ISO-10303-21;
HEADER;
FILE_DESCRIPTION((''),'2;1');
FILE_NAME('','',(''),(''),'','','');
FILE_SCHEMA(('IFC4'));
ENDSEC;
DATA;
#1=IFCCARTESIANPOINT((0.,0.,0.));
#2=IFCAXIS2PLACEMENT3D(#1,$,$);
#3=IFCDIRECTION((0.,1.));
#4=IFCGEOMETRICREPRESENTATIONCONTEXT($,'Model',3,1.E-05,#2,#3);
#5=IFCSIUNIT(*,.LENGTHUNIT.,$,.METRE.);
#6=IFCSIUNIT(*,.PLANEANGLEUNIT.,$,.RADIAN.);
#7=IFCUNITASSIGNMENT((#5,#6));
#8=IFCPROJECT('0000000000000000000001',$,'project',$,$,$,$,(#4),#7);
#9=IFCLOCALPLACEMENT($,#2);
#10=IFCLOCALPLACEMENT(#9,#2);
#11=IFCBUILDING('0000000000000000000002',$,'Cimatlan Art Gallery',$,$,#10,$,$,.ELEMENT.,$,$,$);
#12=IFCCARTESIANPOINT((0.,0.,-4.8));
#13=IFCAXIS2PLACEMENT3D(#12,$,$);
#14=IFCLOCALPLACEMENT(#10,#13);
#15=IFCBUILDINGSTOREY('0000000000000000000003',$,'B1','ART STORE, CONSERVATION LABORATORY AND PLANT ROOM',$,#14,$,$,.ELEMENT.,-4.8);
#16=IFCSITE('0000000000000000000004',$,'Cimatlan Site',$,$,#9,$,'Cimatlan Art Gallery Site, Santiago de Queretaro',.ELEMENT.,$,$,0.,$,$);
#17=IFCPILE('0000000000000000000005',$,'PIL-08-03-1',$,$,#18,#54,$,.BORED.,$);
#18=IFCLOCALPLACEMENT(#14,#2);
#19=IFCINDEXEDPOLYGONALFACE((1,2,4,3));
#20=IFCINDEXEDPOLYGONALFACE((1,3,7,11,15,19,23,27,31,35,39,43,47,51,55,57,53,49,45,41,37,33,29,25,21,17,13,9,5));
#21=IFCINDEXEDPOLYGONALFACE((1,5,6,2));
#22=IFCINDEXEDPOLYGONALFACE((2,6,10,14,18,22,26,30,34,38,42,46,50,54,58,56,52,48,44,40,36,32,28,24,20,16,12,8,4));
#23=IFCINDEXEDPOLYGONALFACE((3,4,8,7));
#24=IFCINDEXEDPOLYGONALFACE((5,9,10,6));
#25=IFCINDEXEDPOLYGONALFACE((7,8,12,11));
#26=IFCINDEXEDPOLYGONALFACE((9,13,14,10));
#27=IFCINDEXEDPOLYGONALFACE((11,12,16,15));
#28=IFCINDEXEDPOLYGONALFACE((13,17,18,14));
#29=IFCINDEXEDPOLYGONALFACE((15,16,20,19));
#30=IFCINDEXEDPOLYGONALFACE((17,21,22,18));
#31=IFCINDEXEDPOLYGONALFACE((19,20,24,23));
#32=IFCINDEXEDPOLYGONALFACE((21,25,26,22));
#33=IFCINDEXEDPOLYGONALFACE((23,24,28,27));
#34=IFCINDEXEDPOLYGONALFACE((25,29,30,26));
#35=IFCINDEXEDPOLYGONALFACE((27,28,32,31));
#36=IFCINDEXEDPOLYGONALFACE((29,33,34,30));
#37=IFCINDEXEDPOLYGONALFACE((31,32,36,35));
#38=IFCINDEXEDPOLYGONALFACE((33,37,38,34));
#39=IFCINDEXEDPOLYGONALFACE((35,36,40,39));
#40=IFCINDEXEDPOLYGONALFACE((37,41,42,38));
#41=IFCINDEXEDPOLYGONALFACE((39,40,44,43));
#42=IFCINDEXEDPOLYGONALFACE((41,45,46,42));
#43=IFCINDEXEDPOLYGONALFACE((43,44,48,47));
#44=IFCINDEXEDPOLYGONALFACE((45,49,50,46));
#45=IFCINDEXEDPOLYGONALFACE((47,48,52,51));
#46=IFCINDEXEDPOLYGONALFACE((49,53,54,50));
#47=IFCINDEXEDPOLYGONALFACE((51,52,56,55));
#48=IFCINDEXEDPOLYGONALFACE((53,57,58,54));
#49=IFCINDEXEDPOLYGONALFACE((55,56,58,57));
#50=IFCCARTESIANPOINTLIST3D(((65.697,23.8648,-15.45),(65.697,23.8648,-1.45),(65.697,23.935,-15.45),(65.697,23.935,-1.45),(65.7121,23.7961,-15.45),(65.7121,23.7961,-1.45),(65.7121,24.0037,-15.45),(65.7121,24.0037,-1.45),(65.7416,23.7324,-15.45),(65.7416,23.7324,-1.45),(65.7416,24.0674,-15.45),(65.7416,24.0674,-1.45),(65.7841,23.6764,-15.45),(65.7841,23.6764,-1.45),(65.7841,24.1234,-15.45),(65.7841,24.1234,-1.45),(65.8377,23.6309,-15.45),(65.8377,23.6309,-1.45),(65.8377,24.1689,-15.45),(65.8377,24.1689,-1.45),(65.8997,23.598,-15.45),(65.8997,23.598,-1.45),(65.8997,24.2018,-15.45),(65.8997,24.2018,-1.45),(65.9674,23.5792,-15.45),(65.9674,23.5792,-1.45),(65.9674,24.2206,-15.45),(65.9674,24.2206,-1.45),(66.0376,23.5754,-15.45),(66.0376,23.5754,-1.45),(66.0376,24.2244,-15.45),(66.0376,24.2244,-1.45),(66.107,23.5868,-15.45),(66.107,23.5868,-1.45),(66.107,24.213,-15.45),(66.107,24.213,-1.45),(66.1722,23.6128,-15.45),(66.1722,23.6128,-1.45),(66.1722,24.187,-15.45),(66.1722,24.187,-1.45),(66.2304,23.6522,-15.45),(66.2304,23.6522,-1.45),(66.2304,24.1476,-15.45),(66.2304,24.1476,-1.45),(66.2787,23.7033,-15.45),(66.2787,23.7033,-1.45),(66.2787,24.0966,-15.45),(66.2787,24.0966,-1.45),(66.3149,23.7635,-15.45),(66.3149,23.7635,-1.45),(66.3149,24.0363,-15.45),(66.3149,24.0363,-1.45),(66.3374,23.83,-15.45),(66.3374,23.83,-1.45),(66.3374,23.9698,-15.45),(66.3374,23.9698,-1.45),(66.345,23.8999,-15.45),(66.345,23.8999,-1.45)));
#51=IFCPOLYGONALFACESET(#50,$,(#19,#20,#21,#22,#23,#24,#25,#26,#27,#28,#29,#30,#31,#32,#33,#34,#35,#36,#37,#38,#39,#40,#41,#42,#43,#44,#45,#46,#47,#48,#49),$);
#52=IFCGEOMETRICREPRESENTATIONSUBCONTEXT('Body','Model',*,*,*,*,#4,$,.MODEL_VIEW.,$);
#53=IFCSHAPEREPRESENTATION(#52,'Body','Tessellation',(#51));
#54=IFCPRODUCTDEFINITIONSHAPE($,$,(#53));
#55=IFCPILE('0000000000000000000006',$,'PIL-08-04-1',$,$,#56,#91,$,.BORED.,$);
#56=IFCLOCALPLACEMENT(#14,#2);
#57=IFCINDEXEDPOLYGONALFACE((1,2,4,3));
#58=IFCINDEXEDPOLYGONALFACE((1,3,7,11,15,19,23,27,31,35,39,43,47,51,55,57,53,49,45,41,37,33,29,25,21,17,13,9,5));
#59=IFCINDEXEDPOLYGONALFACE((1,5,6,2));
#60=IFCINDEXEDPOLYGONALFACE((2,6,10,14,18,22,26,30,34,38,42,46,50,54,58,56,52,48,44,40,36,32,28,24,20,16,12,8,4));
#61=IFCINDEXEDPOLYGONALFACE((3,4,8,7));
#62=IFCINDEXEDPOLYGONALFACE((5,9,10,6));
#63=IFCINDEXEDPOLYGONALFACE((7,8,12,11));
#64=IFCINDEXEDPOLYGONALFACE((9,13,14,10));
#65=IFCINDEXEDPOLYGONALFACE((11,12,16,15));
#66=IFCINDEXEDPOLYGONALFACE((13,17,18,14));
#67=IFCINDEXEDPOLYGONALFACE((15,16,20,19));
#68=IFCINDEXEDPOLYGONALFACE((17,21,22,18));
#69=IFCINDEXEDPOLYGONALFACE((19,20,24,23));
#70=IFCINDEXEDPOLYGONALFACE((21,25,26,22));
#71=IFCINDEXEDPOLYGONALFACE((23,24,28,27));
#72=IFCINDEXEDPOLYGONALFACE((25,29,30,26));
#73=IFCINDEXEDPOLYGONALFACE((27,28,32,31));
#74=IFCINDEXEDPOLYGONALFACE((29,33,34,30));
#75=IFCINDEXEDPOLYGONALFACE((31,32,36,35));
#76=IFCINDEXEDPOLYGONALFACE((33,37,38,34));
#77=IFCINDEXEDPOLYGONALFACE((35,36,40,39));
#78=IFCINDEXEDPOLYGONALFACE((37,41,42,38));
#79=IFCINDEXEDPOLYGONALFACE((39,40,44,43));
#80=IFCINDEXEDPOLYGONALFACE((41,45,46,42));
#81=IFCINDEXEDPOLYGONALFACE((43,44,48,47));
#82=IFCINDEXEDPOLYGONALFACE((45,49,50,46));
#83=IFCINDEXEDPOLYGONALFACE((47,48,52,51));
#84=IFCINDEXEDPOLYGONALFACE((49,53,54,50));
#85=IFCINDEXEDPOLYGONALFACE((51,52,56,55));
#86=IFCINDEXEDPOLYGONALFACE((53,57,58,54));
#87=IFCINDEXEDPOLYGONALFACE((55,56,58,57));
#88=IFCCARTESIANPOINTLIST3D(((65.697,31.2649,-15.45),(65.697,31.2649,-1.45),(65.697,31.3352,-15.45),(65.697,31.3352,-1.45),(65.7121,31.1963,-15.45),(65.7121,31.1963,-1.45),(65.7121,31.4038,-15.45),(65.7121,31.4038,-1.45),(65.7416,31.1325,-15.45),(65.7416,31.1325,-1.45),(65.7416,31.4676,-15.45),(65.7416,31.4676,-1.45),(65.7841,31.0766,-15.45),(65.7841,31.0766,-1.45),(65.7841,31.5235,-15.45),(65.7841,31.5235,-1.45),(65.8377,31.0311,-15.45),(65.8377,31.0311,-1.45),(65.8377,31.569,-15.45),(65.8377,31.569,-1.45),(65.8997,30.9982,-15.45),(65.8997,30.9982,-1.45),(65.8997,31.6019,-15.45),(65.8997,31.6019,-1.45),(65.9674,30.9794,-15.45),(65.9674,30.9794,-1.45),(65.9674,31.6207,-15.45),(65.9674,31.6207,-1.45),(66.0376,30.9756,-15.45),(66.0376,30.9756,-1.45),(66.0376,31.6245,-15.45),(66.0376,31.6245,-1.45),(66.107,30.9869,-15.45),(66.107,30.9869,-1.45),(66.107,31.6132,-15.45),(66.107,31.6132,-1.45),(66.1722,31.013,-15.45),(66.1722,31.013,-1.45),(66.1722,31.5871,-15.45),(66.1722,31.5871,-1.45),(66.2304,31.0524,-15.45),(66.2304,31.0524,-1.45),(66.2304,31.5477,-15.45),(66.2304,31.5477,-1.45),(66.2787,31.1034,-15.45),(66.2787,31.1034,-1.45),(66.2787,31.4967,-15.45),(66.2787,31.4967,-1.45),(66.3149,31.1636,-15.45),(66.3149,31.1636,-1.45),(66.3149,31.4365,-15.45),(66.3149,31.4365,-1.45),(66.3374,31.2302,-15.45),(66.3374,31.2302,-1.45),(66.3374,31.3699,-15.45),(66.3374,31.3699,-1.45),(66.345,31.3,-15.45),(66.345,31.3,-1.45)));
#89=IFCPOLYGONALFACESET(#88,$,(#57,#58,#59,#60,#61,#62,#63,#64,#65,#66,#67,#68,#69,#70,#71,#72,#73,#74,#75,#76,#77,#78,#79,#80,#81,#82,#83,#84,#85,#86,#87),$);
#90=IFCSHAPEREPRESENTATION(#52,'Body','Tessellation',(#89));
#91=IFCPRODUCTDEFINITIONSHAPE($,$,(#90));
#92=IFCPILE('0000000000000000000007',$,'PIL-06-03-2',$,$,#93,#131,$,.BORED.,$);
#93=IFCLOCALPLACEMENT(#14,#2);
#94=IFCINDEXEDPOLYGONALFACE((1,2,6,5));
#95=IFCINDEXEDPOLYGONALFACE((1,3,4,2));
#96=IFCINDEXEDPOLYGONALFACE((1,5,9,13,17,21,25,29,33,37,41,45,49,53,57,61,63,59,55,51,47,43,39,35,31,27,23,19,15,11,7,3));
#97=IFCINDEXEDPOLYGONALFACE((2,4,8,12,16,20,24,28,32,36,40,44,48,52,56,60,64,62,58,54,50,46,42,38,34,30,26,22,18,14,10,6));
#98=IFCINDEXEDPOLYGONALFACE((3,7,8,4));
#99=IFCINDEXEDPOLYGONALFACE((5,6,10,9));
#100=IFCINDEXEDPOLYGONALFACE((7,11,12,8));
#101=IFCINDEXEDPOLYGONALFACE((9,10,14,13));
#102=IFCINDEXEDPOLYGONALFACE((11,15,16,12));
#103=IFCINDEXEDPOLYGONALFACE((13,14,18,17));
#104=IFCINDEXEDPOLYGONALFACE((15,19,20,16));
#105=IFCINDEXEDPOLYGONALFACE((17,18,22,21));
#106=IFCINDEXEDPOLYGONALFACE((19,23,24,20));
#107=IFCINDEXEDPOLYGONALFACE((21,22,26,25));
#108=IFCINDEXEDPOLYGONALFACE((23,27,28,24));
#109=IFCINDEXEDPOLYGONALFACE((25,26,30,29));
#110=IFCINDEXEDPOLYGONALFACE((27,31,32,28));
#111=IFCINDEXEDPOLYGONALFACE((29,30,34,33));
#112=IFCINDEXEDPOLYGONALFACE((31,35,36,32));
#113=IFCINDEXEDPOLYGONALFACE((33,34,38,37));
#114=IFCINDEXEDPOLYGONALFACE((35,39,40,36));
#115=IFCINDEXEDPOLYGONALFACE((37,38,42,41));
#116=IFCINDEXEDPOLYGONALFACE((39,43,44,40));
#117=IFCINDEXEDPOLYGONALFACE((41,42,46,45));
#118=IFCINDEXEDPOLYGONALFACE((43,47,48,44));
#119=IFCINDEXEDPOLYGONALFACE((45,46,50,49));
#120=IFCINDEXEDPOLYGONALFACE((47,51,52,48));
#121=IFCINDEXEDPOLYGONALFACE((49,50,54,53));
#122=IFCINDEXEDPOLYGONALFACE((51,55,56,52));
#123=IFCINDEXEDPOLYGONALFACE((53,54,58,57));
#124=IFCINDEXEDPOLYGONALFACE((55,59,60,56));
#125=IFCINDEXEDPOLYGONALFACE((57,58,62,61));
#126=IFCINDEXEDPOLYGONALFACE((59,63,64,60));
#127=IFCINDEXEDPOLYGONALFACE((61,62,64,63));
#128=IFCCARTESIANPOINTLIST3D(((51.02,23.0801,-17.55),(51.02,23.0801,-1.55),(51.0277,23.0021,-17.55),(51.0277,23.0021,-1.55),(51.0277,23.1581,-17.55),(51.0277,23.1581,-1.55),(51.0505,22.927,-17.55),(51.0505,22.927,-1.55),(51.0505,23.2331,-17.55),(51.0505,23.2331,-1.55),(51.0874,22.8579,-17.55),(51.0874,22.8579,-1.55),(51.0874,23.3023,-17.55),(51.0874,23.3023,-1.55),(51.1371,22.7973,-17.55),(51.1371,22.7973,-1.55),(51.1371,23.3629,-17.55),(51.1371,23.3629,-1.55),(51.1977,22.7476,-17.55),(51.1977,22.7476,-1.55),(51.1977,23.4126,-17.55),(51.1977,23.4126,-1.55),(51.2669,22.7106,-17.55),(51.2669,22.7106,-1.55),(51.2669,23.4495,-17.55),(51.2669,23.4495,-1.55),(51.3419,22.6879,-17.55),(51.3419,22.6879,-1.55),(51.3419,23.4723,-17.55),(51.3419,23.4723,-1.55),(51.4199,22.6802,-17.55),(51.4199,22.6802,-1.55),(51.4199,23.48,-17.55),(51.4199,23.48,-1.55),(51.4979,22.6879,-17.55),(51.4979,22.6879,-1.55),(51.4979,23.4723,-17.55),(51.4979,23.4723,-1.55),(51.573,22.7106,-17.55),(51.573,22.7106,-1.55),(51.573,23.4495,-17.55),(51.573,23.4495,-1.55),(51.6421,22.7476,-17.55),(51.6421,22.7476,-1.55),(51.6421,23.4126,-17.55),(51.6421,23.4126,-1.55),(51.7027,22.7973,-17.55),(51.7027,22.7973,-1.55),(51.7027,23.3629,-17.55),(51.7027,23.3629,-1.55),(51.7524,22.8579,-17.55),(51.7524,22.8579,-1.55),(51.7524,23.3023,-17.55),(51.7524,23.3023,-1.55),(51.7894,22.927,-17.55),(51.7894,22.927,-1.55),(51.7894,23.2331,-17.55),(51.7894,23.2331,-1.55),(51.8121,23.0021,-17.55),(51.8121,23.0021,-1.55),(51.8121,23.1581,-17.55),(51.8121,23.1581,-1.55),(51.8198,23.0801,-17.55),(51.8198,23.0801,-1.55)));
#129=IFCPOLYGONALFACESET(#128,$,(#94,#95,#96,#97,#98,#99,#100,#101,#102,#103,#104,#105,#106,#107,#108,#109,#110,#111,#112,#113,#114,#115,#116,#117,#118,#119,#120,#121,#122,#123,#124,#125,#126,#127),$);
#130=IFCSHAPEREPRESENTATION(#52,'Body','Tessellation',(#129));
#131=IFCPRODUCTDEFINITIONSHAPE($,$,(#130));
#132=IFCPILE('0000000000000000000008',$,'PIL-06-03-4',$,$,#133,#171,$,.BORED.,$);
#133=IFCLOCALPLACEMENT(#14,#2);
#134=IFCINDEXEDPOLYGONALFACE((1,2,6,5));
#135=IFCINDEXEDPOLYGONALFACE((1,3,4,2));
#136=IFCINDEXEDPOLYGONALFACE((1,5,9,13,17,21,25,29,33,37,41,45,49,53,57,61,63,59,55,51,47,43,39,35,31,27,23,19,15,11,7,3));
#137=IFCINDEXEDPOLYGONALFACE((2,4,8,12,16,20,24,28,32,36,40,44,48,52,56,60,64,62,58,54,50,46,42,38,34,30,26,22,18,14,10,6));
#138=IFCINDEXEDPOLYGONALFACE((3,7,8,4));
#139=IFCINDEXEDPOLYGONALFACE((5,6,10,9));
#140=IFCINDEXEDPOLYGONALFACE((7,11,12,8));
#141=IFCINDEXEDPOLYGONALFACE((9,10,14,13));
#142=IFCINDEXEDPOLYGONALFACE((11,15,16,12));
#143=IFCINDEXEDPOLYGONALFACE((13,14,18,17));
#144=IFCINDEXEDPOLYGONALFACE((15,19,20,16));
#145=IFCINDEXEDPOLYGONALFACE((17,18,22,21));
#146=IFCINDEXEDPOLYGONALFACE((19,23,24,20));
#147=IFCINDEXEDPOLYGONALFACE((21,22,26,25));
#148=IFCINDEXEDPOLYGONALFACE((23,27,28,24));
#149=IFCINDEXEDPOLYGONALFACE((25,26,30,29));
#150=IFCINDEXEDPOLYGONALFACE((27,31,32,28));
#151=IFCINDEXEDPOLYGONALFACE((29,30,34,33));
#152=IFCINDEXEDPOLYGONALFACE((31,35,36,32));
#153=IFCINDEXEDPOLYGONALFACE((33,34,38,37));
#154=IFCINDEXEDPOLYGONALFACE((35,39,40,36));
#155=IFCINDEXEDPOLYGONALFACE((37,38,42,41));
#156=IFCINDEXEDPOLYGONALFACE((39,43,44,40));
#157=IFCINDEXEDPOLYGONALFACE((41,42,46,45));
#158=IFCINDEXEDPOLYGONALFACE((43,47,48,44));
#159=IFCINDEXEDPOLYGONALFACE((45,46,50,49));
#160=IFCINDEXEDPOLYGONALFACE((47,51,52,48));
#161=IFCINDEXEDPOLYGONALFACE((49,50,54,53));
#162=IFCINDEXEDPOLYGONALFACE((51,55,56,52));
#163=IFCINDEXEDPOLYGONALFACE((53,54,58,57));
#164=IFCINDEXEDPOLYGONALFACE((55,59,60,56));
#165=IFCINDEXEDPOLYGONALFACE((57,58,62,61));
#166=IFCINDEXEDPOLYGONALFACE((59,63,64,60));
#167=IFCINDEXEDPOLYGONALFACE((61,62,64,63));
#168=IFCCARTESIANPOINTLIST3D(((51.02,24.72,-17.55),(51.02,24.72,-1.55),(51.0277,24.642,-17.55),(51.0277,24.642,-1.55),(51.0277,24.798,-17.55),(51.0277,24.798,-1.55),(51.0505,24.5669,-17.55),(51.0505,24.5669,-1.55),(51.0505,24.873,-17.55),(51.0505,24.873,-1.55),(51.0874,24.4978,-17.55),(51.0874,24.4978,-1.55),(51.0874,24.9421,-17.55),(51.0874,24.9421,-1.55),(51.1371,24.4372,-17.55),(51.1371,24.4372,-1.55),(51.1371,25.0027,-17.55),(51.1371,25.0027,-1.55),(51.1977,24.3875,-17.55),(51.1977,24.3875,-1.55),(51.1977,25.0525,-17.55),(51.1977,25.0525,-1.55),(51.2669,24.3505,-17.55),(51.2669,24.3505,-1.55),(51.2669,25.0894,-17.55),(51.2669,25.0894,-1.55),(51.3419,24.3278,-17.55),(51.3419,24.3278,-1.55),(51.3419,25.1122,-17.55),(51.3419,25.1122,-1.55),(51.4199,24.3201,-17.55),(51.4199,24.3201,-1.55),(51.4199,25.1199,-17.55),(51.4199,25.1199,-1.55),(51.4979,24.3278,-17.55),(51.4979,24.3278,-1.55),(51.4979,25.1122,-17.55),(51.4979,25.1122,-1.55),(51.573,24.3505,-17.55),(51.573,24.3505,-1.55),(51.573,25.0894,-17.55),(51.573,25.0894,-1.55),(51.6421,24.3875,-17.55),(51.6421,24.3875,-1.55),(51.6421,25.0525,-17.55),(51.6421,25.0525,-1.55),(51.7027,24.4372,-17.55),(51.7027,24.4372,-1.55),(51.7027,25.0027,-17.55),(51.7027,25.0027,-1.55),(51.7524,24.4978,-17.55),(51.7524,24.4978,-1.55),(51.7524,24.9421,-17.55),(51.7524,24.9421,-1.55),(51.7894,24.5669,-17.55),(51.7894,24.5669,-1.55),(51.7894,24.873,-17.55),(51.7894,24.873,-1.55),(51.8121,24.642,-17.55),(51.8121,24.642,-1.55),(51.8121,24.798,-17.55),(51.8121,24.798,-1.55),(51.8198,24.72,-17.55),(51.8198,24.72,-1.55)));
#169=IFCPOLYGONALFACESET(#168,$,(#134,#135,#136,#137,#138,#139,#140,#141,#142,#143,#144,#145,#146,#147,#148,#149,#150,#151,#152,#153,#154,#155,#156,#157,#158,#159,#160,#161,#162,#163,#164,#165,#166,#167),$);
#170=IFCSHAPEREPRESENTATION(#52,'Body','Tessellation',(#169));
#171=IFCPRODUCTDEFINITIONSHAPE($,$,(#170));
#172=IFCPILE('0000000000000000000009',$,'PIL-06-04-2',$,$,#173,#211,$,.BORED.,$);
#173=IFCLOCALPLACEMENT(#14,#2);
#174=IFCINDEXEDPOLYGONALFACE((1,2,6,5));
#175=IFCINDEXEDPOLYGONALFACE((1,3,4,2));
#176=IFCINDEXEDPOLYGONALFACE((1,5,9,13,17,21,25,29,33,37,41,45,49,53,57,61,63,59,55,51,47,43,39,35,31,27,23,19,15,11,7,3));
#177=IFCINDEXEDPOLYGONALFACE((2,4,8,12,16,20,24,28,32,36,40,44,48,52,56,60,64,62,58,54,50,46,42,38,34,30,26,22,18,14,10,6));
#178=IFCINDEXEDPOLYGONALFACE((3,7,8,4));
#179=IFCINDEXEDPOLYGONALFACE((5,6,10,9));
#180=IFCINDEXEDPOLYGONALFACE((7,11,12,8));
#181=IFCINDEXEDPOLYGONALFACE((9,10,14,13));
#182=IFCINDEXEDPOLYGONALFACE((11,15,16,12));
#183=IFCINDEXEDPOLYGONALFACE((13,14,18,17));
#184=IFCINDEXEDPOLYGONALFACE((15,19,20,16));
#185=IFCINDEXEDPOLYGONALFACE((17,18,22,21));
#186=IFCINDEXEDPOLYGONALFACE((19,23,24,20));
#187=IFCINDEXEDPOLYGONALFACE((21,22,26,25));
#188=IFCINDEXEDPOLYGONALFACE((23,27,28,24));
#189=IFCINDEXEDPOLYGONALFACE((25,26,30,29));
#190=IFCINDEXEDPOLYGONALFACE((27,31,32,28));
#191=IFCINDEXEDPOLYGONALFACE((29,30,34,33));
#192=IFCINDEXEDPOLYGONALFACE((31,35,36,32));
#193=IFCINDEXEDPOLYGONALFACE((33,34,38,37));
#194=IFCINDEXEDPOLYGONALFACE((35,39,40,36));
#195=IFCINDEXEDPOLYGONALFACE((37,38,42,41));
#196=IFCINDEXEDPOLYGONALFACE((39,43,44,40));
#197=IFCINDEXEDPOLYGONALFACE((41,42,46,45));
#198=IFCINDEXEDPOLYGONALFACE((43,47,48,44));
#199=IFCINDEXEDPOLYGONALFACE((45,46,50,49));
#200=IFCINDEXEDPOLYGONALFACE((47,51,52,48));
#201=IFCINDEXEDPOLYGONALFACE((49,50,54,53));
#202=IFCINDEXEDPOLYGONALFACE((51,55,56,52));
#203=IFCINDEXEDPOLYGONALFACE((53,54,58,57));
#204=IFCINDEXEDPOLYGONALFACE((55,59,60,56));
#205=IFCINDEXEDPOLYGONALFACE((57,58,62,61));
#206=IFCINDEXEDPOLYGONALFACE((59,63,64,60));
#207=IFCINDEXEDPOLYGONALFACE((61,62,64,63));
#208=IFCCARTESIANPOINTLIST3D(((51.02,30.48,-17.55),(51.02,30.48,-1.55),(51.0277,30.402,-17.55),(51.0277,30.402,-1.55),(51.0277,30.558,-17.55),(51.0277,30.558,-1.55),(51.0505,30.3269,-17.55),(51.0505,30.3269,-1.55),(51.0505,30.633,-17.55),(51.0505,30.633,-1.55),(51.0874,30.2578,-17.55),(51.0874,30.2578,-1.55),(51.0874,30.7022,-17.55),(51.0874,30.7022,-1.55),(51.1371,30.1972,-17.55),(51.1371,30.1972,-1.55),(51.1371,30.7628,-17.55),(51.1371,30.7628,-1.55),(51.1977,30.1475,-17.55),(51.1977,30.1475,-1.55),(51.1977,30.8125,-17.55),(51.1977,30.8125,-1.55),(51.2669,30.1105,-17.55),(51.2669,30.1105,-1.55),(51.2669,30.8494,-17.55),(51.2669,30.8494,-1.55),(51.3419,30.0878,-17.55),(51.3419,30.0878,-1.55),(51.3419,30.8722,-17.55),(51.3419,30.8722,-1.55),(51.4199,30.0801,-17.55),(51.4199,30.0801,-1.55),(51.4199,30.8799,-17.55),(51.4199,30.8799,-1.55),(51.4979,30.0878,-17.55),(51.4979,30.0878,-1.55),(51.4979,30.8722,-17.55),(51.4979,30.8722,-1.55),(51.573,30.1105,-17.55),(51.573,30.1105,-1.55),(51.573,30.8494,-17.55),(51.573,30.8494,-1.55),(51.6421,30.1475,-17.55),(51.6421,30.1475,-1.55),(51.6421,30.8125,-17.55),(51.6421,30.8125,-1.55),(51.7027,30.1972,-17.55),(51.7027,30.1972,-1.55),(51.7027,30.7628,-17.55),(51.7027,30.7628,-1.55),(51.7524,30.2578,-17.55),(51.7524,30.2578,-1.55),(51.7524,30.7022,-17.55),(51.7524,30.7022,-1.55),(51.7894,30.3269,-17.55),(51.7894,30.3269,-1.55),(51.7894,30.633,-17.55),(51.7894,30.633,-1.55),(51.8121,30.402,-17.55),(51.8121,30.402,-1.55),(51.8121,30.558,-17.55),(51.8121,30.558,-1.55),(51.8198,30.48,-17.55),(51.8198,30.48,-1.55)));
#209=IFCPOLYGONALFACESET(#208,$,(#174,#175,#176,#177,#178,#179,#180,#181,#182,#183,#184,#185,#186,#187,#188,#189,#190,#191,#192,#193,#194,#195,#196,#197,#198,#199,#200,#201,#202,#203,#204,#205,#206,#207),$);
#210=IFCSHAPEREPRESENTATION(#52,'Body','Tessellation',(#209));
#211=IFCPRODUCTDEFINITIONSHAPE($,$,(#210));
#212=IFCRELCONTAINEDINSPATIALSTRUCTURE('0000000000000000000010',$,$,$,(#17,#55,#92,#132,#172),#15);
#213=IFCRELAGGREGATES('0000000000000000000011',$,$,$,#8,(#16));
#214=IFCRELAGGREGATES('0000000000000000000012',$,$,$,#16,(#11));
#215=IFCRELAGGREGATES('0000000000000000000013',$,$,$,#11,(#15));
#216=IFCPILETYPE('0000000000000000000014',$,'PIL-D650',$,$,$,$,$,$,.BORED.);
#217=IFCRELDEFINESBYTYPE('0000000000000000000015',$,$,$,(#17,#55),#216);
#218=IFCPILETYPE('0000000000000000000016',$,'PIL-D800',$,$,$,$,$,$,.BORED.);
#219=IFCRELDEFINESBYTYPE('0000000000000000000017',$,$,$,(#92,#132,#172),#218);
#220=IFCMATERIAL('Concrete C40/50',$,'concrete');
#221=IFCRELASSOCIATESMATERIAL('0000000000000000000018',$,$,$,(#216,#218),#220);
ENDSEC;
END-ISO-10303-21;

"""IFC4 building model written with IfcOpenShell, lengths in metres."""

from ifc_helpers import new_model, si_unit, direction, frame, origin, origin_2d, place, context, subcontext, project, spatial, circle, extrude, material, type_object, element, save


model = new_model("IFC4")

# Units and contexts
model_context = context("Model", 3, precision=1e-05, world=origin(), true_north=direction((0.0, 1.0)))
body_context = subcontext(model_context, "Body", "Model", "MODEL_VIEW")
ifc_project = project(units=[si_unit("LENGTHUNIT", "METRE"), si_unit("PLANEANGLEUNIT", "RADIAN")], contexts=[model_context])

# Site, building, storey
site_placement = place(None, origin())
site = spatial("IfcSite", under=ifc_project, at=site_placement, Name="Cimatlan Site", LongName="Cimatlan Art Gallery Site, Santiago de Queretaro", CompositionType="ELEMENT", RefElevation=0.0)
building_placement = place(site_placement, origin())
building = spatial("IfcBuilding", under=site, at=building_placement, Name="Cimatlan Art Gallery", CompositionType="ELEMENT")
storey_placement = place(building_placement, frame((0.0, 0.0, -4.8)))
storey = spatial("IfcBuildingStorey", under=building, at=storey_placement, Name="B1", Description="ART STORE, CONSERVATION LABORATORY AND PLANT ROOM", CompositionType="ELEMENT", Elevation=-4.8)

# Shared definitions
ifc_material_1 = material(Name="Concrete C40/50", Category="concrete")

# Piles
pile_type_1 = type_object("IfcPileType", Name="PIL-D650", PredefinedType="BORED", material=ifc_material_1)
for number, where, z_axis, x_axis, name in (
    (1, (66.02, 23.8999, -1.45), (0.0, 0.0, -1.0), (1.0, 0.0, 0.0), "PIL-08-03-1"),
    (2, (66.02, 31.3, -1.45), (0.0, 0.0, -1.0), (1.0, 0.0, 0.0), "PIL-08-04-1"),
):
    element("IfcPile", number, at=place(storey_placement, frame(where, z_axis=z_axis, x_axis=x_axis)), inside=storey, type_object=pile_type_1, Name=name, PredefinedType="BORED", context=body_context, shape_type="SweptSolid", body=[
        extrude(circle(Radius=0.325, at=origin_2d()), origin(), (0.0, 0.0, 1.0), 14.0),
    ])
pile_type_2 = type_object("IfcPileType", Name="PIL-D800", PredefinedType="BORED", material=ifc_material_1)
for number, where, z_axis, x_axis, name in (
    (3, (51.4199, 23.0801, -1.55), (0.0, 0.0, -1.0), (1.0, 0.0, 0.0), "PIL-06-03-2"),
    (4, (51.4199, 24.72, -1.55), (0.0, 0.0, -1.0), (1.0, 0.0, 0.0), "PIL-06-03-4"),
    (5, (51.4199, 30.48, -1.55), (0.0, 0.0, -1.0), (1.0, 0.0, 0.0), "PIL-06-04-2"),
):
    element("IfcPile", number, at=place(storey_placement, frame(where, z_axis=z_axis, x_axis=x_axis)), inside=storey, type_object=pile_type_2, Name=name, PredefinedType="BORED", context=body_context, shape_type="SweptSolid", body=[
        extrude(circle(Radius=0.3999, at=origin_2d()), origin(), (0.0, 0.0, 1.0), 16.0),
    ])

save(model, "model.ifc")
